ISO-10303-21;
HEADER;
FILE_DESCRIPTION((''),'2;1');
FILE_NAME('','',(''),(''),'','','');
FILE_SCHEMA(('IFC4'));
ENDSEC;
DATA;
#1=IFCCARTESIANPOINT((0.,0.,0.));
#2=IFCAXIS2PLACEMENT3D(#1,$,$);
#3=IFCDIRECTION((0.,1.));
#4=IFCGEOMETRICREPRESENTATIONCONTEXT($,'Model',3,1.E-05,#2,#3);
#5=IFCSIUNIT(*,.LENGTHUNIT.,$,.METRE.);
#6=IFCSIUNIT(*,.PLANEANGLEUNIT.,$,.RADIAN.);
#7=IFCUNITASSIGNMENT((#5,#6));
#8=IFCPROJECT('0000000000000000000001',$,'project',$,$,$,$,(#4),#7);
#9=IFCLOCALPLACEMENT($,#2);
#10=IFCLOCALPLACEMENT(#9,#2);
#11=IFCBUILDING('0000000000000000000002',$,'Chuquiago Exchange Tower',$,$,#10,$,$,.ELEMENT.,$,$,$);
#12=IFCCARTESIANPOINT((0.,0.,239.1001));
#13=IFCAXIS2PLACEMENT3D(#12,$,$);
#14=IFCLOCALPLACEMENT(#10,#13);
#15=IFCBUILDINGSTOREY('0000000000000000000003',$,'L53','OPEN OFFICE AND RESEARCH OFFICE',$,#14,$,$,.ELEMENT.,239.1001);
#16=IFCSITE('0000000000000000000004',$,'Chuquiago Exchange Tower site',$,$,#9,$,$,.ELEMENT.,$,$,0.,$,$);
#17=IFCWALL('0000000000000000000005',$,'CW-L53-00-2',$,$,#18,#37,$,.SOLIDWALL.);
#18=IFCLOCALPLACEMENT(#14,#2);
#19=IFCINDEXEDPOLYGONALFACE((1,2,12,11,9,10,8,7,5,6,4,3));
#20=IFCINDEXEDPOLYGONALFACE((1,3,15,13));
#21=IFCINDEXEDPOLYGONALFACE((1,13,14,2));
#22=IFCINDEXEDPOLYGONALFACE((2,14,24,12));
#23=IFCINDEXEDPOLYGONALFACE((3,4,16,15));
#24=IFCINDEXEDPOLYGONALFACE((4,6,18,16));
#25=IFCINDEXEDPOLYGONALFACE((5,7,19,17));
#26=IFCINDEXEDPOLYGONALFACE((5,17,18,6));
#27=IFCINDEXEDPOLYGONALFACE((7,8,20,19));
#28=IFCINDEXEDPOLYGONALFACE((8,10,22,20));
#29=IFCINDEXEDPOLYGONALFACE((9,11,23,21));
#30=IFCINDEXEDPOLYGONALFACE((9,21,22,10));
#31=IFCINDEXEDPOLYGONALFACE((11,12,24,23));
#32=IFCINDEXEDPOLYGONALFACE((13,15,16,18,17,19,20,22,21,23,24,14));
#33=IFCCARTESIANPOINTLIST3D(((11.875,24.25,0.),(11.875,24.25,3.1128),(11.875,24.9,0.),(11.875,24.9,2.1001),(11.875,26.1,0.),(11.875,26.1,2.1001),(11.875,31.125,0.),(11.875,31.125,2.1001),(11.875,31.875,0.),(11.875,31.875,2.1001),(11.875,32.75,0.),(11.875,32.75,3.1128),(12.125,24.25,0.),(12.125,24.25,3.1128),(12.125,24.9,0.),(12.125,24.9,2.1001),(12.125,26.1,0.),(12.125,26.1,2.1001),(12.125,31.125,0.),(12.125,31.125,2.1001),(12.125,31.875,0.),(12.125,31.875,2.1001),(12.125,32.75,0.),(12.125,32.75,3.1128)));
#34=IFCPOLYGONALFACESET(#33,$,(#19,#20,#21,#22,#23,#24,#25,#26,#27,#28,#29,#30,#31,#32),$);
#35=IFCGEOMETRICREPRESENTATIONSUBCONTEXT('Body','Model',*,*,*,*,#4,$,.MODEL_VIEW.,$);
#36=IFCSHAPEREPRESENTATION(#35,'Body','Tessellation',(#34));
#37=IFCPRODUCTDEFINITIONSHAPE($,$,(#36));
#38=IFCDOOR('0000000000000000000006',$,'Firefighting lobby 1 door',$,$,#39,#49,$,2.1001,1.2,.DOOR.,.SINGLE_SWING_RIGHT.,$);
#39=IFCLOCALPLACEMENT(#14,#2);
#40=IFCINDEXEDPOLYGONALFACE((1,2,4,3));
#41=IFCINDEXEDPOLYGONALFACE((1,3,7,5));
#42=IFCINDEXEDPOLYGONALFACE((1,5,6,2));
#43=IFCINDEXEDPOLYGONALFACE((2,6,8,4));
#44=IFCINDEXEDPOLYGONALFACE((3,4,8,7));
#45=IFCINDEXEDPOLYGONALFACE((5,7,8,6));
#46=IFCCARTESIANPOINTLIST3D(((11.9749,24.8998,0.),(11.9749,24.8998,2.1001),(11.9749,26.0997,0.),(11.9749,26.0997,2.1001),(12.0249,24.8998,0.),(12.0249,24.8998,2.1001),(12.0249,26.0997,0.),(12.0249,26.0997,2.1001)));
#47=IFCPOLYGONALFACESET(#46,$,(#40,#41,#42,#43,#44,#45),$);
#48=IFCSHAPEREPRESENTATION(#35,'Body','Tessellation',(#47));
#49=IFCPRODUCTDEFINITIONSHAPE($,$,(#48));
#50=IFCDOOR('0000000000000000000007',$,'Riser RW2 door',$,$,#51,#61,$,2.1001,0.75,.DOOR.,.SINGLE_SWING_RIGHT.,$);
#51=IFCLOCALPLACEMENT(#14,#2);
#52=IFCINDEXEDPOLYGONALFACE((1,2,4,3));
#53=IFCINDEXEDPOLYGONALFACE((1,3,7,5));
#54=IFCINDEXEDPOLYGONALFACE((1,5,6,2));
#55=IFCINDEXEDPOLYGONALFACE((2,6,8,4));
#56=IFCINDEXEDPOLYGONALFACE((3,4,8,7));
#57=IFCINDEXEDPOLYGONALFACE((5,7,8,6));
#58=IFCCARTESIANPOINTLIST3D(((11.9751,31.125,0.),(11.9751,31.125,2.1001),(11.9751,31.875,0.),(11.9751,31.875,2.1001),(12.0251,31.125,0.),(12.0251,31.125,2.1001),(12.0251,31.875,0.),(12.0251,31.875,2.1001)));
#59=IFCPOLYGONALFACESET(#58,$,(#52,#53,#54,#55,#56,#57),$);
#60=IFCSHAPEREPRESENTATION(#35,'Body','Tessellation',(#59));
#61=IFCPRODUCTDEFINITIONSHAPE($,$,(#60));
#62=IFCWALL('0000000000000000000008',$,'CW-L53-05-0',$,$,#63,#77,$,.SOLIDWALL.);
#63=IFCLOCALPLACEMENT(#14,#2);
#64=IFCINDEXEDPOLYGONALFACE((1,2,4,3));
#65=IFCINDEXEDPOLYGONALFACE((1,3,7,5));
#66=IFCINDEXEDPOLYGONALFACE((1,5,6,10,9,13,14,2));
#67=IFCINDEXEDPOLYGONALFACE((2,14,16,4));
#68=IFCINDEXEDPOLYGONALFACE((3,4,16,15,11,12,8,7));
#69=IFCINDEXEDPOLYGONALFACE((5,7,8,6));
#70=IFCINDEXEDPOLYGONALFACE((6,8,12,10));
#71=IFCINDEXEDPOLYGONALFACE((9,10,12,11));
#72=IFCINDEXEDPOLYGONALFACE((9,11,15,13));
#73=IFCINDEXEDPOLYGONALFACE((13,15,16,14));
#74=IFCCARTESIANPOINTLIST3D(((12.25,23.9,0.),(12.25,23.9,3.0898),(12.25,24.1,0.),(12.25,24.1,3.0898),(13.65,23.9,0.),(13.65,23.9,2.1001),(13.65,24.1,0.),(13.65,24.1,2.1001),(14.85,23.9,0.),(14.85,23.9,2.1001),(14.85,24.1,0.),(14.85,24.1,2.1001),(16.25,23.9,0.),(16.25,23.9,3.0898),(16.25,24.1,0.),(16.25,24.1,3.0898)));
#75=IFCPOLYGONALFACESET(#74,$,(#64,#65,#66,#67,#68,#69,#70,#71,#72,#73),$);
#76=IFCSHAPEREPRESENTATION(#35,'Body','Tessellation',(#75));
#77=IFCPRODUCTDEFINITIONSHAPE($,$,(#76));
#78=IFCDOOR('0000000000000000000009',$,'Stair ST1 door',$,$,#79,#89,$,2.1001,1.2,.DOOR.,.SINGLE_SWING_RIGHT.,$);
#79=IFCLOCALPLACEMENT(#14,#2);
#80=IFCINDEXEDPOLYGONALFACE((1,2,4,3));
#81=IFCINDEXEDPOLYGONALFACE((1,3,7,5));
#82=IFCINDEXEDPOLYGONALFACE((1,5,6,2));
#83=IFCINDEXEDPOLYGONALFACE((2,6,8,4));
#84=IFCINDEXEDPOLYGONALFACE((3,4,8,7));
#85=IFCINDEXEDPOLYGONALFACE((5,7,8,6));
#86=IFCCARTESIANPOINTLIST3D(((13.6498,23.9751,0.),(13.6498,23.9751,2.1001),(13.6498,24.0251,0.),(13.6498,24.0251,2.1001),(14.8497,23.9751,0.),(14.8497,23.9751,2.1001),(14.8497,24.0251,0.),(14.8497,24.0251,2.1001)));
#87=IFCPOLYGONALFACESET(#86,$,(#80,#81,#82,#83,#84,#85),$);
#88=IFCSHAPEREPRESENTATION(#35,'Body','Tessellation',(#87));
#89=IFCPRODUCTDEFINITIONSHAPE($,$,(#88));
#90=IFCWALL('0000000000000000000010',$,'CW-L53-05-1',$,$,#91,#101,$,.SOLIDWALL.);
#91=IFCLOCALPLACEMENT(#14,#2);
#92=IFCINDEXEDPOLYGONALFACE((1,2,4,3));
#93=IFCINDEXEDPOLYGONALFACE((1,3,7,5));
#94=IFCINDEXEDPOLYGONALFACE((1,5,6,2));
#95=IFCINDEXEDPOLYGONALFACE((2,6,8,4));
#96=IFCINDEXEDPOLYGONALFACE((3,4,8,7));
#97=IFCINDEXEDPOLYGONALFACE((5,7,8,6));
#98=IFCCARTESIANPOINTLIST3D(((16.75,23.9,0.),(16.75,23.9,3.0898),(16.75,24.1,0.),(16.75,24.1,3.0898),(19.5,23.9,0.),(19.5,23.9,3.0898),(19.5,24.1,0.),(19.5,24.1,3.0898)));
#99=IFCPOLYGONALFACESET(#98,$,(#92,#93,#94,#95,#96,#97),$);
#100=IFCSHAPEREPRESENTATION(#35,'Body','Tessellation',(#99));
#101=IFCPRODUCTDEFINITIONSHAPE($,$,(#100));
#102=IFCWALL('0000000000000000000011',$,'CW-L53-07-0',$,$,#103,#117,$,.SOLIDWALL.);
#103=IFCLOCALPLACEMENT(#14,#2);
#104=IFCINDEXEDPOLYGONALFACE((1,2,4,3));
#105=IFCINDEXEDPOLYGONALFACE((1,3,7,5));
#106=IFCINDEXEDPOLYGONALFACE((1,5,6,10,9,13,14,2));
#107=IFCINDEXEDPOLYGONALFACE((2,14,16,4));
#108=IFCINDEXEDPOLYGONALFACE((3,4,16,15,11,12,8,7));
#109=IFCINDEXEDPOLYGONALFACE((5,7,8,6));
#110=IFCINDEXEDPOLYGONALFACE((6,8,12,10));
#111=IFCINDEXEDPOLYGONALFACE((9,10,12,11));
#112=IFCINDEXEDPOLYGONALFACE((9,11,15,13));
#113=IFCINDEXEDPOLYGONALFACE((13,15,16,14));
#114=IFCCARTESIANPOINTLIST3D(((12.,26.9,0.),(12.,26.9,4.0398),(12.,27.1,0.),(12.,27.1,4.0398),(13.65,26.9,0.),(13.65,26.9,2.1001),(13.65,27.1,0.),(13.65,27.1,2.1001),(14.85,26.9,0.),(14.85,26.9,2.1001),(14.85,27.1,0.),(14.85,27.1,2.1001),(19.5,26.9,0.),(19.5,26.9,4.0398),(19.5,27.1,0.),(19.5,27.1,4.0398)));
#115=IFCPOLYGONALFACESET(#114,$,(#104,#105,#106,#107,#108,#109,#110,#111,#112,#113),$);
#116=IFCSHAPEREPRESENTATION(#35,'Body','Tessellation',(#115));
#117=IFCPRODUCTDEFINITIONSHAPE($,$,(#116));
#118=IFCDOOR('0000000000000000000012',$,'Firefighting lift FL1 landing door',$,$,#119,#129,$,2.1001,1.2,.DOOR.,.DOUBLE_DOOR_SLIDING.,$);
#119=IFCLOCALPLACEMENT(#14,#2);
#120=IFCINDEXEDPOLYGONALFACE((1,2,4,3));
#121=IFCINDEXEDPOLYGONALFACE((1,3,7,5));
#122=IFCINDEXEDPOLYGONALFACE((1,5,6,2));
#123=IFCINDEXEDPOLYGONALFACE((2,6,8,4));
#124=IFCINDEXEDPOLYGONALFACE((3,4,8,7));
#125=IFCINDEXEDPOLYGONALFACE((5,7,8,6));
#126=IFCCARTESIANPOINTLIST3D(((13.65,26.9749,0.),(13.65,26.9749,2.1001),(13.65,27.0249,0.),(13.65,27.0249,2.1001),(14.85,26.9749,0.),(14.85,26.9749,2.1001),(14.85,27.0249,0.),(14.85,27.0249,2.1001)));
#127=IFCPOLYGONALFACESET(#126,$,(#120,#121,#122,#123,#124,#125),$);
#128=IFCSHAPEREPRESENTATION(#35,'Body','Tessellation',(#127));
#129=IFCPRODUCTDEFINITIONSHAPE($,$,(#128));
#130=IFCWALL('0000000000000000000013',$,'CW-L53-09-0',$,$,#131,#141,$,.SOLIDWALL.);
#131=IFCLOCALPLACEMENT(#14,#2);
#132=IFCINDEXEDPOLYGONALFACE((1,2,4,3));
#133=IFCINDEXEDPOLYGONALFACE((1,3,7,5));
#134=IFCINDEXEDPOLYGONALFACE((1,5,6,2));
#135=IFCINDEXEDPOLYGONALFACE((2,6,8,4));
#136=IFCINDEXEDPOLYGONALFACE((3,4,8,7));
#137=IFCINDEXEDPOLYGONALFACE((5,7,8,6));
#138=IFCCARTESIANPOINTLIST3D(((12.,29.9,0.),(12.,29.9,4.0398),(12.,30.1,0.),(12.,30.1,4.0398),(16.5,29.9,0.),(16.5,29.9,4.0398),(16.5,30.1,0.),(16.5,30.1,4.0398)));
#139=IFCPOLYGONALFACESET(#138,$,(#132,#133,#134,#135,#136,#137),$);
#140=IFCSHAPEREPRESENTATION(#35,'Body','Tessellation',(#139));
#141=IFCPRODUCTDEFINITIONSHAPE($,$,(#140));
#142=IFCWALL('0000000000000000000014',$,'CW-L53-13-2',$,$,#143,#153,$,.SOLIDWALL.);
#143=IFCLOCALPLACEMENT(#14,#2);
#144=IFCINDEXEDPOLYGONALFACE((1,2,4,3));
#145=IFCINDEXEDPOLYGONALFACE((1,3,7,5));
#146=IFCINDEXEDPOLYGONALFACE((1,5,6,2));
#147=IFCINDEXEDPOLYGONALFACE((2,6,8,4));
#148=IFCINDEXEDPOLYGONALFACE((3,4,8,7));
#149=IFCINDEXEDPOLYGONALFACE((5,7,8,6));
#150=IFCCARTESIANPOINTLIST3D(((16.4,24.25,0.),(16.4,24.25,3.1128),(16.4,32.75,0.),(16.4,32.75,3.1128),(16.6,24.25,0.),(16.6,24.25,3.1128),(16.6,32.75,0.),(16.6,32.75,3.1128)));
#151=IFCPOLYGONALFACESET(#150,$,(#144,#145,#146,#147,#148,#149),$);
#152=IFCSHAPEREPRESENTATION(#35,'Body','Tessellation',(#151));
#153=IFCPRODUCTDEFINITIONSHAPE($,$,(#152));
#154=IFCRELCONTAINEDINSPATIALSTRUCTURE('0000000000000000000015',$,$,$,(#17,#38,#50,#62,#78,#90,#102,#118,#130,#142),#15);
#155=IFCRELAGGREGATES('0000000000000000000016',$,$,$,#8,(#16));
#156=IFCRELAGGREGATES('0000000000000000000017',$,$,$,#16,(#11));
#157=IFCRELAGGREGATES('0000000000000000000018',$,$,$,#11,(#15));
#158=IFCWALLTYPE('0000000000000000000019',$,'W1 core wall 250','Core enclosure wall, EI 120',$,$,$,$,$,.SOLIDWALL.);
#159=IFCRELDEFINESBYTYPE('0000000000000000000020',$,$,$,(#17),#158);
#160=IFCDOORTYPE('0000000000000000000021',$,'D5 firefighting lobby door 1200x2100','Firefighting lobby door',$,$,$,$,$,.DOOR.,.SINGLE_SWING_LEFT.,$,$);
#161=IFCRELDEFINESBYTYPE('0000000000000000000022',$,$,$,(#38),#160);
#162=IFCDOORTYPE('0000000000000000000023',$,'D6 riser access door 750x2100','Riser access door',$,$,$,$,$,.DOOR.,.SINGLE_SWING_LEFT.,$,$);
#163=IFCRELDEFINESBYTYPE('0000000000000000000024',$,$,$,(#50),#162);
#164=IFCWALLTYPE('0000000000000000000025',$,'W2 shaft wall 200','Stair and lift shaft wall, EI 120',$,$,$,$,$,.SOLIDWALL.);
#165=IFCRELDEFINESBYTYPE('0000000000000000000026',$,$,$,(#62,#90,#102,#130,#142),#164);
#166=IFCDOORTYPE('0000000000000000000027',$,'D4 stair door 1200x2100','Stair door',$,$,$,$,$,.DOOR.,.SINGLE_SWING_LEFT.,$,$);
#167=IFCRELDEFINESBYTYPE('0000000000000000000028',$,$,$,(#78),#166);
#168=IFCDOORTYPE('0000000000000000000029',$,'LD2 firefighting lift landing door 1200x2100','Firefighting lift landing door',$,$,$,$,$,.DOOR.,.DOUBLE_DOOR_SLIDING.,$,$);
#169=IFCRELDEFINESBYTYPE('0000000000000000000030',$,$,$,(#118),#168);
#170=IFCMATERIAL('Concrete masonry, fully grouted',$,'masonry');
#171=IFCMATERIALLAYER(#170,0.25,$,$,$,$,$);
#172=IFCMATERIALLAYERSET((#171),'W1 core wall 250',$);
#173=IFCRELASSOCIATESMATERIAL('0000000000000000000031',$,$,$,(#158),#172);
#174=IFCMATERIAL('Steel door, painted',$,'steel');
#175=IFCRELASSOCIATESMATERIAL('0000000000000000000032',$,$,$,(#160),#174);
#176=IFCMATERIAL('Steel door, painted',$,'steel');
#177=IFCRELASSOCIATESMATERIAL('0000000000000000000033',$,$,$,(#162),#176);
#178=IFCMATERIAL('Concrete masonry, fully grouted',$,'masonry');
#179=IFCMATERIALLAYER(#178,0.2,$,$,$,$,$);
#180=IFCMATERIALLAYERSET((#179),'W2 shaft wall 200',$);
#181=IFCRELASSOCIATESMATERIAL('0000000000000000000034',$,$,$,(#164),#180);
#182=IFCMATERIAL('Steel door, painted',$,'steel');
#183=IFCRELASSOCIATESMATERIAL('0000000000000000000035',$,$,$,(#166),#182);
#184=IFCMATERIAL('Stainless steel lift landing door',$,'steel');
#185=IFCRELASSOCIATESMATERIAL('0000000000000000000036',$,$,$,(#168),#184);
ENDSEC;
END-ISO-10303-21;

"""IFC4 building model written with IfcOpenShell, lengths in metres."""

from ifc_helpers import new_model, si_unit, direction, frame, frame_2d, origin, place, context, subcontext, project, spatial, rectangle, extrude, material, layer, layer_set, type_object, element, fill, save


model = new_model("IFC4")

# Units and contexts
model_context = context("Model", 3, precision=1e-05, world=origin(), true_north=direction((0.0, 1.0)))
body_context = subcontext(model_context, "Body", "Model", "MODEL_VIEW")
ifc_project = project(units=[si_unit("LENGTHUNIT", "METRE"), si_unit("PLANEANGLEUNIT", "RADIAN")], contexts=[model_context])

# Site, building, storey
site_placement = place(None, origin())
site = spatial("IfcSite", under=ifc_project, at=site_placement, Name="Chuquiago Exchange Tower site", CompositionType="ELEMENT", RefElevation=0.0)
building_placement = place(site_placement, origin())
building = spatial("IfcBuilding", under=site, at=building_placement, Name="Chuquiago Exchange Tower", CompositionType="ELEMENT")
storey_placement = place(building_placement, frame((0.0, 0.0, 239.1001)))
storey = spatial("IfcBuildingStorey", under=building, at=storey_placement, Name="L53", Description="OPEN OFFICE AND RESEARCH OFFICE", CompositionType="ELEMENT", Elevation=239.1001)

# Wall, openings, doors
ifc_material_1 = material(Name="Concrete masonry, fully grouted", Category="masonry")
ifc_layer_1 = layer(ifc_material_1, 0.25)
ifc_layer_set_1 = layer_set([ifc_layer_1], Name="W1 core wall 250")
wall_type_1 = type_object("IfcWallType", Name="W1 core wall 250", Description="Core enclosure wall, EI 120", PredefinedType="SOLIDWALL", material=ifc_layer_set_1)
wall_1_placement = place(storey_placement, frame((12.0, 24.25, 0.0), z_axis=(0.0, 0.0, 1.0), x_axis=(0.0, 1.0, 0.0)))
wall_1 = element("IfcWall", 1, at=wall_1_placement, inside=storey, type_object=wall_type_1, Name="CW-L53-00-2", PredefinedType="SOLIDWALL", context=body_context, shape_type="SweptSolid", body=[
    extrude(rectangle(XDim=8.5, YDim=0.25, at=frame_2d((4.25, 0.0))), origin(), (0.0, 0.0, 1.0), 3.1128),
])
opening_1_placement = place(wall_1_placement, frame((0.6499, 0.0, 0.0)))
opening_1 = element("IfcOpeningElement", 2, at=opening_1_placement, cuts=wall_1, PredefinedType="OPENING", context=body_context, shape_type="SweptSolid", body=[
    extrude(rectangle(XDim=1.2, YDim=2.1001, at=frame_2d((0.6001, 1.05))), frame((0.0, 0.135, 0.0), z_axis=(0.0, -1.0, 0.0), x_axis=(1.0, 0.0, 0.0)), (0.0, 0.0, 1.0), 0.27),
])
opening_2_placement = place(wall_1_placement, frame((6.875, 0.0, 0.0)))
opening_2 = element("IfcOpeningElement", 3, at=opening_2_placement, cuts=wall_1, PredefinedType="OPENING", context=body_context, shape_type="SweptSolid", body=[
    extrude(rectangle(XDim=0.75, YDim=2.1001, at=frame_2d((0.375, 1.05))), frame((0.0, 0.135, 0.0), z_axis=(0.0, -1.0, 0.0), x_axis=(1.0, 0.0, 0.0)), (0.0, 0.0, 1.0), 0.27),
])
ifc_material_2 = material(Name="Steel door, painted", Category="steel")
door_type_1 = type_object("IfcDoorType", Name="D5 firefighting lobby door 1200x2100", Description="Firefighting lobby door", OperationType="SINGLE_SWING_LEFT", PredefinedType="DOOR", material=ifc_material_2)
door_1_placement = place(opening_1_placement, frame((1.2, 0.0, 0.0), z_axis=(0.0, 0.0, 1.0), x_axis=(-1.0, 0.0, 0.0)))
door_1 = element("IfcDoor", 4, at=door_1_placement, inside=storey, type_object=door_type_1, Name="Firefighting lobby 1 door", OperationType="SINGLE_SWING_RIGHT", OverallHeight=2.1001, OverallWidth=1.2, PredefinedType="DOOR", context=body_context, shape_type="SweptSolid", body=[
    extrude(rectangle(XDim=1.2, YDim=2.1001, at=frame_2d((0.6001, 1.05))), frame((0.0, 0.0249, 0.0), z_axis=(0.0, -1.0, 0.0), x_axis=(1.0, 0.0, 0.0)), (0.0, 0.0, 1.0), 0.05),
])
fill(opening_1, door_1)
ifc_material_3 = material(Name="Steel door, painted", Category="steel")
door_type_2 = type_object("IfcDoorType", Name="D6 riser access door 750x2100", Description="Riser access door", OperationType="SINGLE_SWING_LEFT", PredefinedType="DOOR", material=ifc_material_3)
door_2_placement = place(opening_2_placement, origin())
door_2 = element("IfcDoor", 5, at=door_2_placement, inside=storey, type_object=door_type_2, Name="Riser RW2 door", OperationType="SINGLE_SWING_RIGHT", OverallHeight=2.1001, OverallWidth=0.75, PredefinedType="DOOR", context=body_context, shape_type="SweptSolid", body=[
    extrude(rectangle(XDim=0.75, YDim=2.1001, at=frame_2d((0.375, 1.05))), frame((0.0, 0.0249, 0.0), z_axis=(0.0, -1.0, 0.0), x_axis=(1.0, 0.0, 0.0)), (0.0, 0.0, 1.0), 0.05),
])
fill(opening_2, door_2)

# Wall, opening, door
ifc_material_4 = material(Name="Concrete masonry, fully grouted", Category="masonry")
ifc_layer_2 = layer(ifc_material_4, 0.2)
ifc_layer_set_2 = layer_set([ifc_layer_2], Name="W2 shaft wall 200")
wall_type_2 = type_object("IfcWallType", Name="W2 shaft wall 200", Description="Stair and lift shaft wall, EI 120", PredefinedType="SOLIDWALL", material=ifc_layer_set_2)
wall_2_placement = place(storey_placement, frame((12.25, 24.0, 0.0), z_axis=(0.0, 0.0, 1.0), x_axis=(1.0, 0.0, 0.0)))
wall_2 = element("IfcWall", 6, at=wall_2_placement, inside=storey, type_object=wall_type_2, Name="CW-L53-05-0", PredefinedType="SOLIDWALL", context=body_context, shape_type="SweptSolid", body=[
    extrude(rectangle(XDim=4.0, YDim=0.2, at=frame_2d((2.0, 0.0))), origin(), (0.0, 0.0, 1.0), 3.0898),
])
opening_3_placement = place(wall_2_placement, frame((1.3999, 0.0, 0.0)))
opening_3 = element("IfcOpeningElement", 7, at=opening_3_placement, cuts=wall_2, PredefinedType="OPENING", context=body_context, shape_type="SweptSolid", body=[
    extrude(rectangle(XDim=1.2, YDim=2.1001, at=frame_2d((0.6001, 1.05))), frame((0.0, 0.1099, 0.0), z_axis=(0.0, -1.0, 0.0), x_axis=(1.0, 0.0, 0.0)), (0.0, 0.0, 1.0), 0.22),
])
ifc_material_5 = material(Name="Steel door, painted", Category="steel")
door_type_3 = type_object("IfcDoorType", Name="D4 stair door 1200x2100", Description="Stair door", OperationType="SINGLE_SWING_LEFT", PredefinedType="DOOR", material=ifc_material_5)
door_3_placement = place(opening_3_placement, frame((1.2, 0.0, 0.0), z_axis=(0.0, 0.0, 1.0), x_axis=(-1.0, 0.0, 0.0)))
door_3 = element("IfcDoor", 8, at=door_3_placement, inside=storey, type_object=door_type_3, Name="Stair ST1 door", OperationType="SINGLE_SWING_RIGHT", OverallHeight=2.1001, OverallWidth=1.2, PredefinedType="DOOR", context=body_context, shape_type="SweptSolid", body=[
    extrude(rectangle(XDim=1.2, YDim=2.1001, at=frame_2d((0.6001, 1.05))), frame((0.0, 0.0249, 0.0), z_axis=(0.0, -1.0, 0.0), x_axis=(1.0, 0.0, 0.0)), (0.0, 0.0, 1.0), 0.05),
])
fill(opening_3, door_3)

# Wall
wall_3_placement = place(storey_placement, frame((16.75, 24.0, 0.0), z_axis=(0.0, 0.0, 1.0), x_axis=(1.0, 0.0, 0.0)))
element("IfcWall", 9, at=wall_3_placement, inside=storey, type_object=wall_type_2, Name="CW-L53-05-1", PredefinedType="SOLIDWALL", context=body_context, shape_type="SweptSolid", body=[
    extrude(rectangle(XDim=2.75, YDim=0.2, at=frame_2d((1.375, 0.0))), origin(), (0.0, 0.0, 1.0), 3.0898),
])

# Wall, opening, door
wall_4_placement = place(storey_placement, frame((12.0, 27.0, 0.0), z_axis=(0.0, 0.0, 1.0), x_axis=(1.0, 0.0, 0.0)))
wall_4 = element("IfcWall", 10, at=wall_4_placement, inside=storey, type_object=wall_type_2, Name="CW-L53-07-0", PredefinedType="SOLIDWALL", context=body_context, shape_type="SweptSolid", body=[
    extrude(rectangle(XDim=7.5, YDim=0.2, at=frame_2d((3.75, 0.0))), origin(), (0.0, 0.0, 1.0), 4.0398),
])
opening_4_placement = place(wall_4_placement, frame((1.6499, 0.0, 0.0)))
opening_4 = element("IfcOpeningElement", 11, at=opening_4_placement, cuts=wall_4, PredefinedType="OPENING", context=body_context, shape_type="SweptSolid", body=[
    extrude(rectangle(XDim=1.2, YDim=2.1001, at=frame_2d((0.6001, 1.05))), frame((0.0, 0.1099, 0.0), z_axis=(0.0, -1.0, 0.0), x_axis=(1.0, 0.0, 0.0)), (0.0, 0.0, 1.0), 0.22),
])
ifc_material_6 = material(Name="Stainless steel lift landing door", Category="steel")
door_type_4 = type_object("IfcDoorType", Name="LD2 firefighting lift landing door 1200x2100", Description="Firefighting lift landing door", OperationType="DOUBLE_DOOR_SLIDING", PredefinedType="DOOR", material=ifc_material_6)
door_4_placement = place(opening_4_placement, origin())
door_4 = element("IfcDoor", 12, at=door_4_placement, inside=storey, type_object=door_type_4, Name="Firefighting lift FL1 landing door", OperationType="DOUBLE_DOOR_SLIDING", OverallHeight=2.1001, OverallWidth=1.2, PredefinedType="DOOR", context=body_context, shape_type="SweptSolid", body=[
    extrude(rectangle(XDim=1.2, YDim=2.1001, at=frame_2d((0.6001, 1.05))), frame((0.0, 0.0249, 0.0), z_axis=(0.0, -1.0, 0.0), x_axis=(1.0, 0.0, 0.0)), (0.0, 0.0, 1.0), 0.05),
])
fill(opening_4, door_4)

# Walls
wall_5_placement = place(storey_placement, frame((12.0, 30.0, 0.0), z_axis=(0.0, 0.0, 1.0), x_axis=(1.0, 0.0, 0.0)))
element("IfcWall", 13, at=wall_5_placement, inside=storey, type_object=wall_type_2, Name="CW-L53-09-0", PredefinedType="SOLIDWALL", context=body_context, shape_type="SweptSolid", body=[
    extrude(rectangle(XDim=4.5, YDim=0.2, at=frame_2d((2.25, 0.0))), origin(), (0.0, 0.0, 1.0), 4.0398),
])
wall_6_placement = place(storey_placement, frame((16.5, 24.25, 0.0), z_axis=(0.0, 0.0, 1.0), x_axis=(0.0, 1.0, 0.0)))
element("IfcWall", 14, at=wall_6_placement, inside=storey, type_object=wall_type_2, Name="CW-L53-13-2", PredefinedType="SOLIDWALL", context=body_context, shape_type="SweptSolid", body=[
    extrude(rectangle(XDim=8.5, YDim=0.2, at=frame_2d((4.25, 0.0))), origin(), (0.0, 0.0, 1.0), 3.1128),
])

save(model, "model.ifc")
